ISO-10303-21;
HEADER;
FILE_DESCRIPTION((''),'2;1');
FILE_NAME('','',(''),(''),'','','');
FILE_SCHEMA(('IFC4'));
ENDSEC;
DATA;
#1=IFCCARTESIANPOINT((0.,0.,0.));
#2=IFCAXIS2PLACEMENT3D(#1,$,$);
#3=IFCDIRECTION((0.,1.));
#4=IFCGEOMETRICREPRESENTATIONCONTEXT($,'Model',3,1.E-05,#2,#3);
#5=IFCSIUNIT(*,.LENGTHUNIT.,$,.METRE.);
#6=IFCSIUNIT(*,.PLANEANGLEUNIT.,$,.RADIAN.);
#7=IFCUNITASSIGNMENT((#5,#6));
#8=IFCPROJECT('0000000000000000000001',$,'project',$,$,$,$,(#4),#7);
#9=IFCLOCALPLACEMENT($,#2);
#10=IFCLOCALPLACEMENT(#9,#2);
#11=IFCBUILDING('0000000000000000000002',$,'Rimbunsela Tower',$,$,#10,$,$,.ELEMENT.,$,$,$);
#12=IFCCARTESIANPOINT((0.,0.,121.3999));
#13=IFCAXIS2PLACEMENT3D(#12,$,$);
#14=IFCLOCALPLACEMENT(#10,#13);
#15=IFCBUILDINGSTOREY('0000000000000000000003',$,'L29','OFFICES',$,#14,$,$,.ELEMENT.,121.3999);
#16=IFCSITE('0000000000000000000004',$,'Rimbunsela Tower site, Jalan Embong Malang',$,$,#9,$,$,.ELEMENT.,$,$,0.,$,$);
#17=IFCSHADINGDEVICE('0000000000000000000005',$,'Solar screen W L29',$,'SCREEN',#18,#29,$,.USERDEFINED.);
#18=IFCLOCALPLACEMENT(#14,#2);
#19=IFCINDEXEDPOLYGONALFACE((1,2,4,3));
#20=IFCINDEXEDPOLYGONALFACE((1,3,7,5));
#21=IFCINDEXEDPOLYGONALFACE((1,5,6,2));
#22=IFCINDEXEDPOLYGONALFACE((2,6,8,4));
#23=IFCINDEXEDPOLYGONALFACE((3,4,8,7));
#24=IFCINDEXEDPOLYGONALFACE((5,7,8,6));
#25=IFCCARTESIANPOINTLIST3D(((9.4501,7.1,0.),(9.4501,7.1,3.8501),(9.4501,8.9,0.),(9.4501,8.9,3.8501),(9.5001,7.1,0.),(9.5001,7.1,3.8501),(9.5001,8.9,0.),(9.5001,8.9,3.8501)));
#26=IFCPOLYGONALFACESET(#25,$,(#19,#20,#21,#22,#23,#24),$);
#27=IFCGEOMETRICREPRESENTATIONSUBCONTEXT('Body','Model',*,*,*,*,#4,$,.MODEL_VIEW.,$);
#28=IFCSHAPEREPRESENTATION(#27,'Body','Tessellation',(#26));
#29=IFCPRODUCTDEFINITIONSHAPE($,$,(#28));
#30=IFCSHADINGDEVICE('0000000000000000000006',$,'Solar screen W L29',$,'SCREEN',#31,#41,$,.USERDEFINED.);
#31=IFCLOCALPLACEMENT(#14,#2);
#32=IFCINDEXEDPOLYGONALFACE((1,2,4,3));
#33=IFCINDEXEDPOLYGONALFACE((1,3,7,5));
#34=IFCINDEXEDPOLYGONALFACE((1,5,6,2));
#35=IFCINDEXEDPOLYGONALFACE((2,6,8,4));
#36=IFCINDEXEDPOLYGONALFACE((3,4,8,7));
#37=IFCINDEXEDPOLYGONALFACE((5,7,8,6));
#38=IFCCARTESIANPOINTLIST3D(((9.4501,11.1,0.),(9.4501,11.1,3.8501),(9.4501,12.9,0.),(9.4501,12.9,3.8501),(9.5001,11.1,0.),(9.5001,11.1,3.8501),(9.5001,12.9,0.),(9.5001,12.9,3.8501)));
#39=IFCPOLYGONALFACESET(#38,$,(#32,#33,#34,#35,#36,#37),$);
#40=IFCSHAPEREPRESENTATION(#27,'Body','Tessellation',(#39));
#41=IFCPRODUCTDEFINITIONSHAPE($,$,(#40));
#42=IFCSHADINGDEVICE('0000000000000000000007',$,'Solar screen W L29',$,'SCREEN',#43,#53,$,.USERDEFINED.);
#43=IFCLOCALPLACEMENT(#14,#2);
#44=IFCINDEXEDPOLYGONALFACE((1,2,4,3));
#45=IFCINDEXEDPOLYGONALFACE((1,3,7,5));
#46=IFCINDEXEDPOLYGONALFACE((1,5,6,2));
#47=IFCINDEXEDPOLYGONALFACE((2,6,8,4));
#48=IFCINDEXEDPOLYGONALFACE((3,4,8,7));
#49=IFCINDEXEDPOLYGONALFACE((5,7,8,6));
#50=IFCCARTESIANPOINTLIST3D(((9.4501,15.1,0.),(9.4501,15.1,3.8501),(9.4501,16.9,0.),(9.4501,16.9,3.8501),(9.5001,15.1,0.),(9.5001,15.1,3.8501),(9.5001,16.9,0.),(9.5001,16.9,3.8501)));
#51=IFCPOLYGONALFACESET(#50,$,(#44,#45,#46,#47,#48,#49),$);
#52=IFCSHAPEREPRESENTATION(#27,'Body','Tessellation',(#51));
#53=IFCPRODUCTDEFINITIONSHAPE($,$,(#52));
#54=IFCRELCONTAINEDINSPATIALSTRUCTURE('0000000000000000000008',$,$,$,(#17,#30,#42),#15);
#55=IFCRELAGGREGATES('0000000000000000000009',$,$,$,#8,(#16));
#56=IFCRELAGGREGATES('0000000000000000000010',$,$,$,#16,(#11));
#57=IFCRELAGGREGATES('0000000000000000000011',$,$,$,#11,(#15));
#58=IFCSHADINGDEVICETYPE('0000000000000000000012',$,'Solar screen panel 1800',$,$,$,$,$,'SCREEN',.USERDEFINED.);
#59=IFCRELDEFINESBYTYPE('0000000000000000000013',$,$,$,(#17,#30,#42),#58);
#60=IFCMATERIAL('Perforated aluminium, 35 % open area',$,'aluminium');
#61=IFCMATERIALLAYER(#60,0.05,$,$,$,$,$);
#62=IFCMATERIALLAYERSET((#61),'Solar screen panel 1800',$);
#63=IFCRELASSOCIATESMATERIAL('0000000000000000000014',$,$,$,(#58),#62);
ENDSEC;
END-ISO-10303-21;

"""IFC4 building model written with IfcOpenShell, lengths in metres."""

from ifc_helpers import new_model, si_unit, direction, frame, origin, origin_2d, place, context, subcontext, project, spatial, rectangle, extrude, material, layer, layer_set, type_object, element, save


model = new_model("IFC4")

# Units and contexts
model_context = context("Model", 3, precision=1e-05, world=origin(), true_north=direction((0.0, 1.0)))
body_context = subcontext(model_context, "Body", "Model", "MODEL_VIEW")
ifc_project = project(units=[si_unit("LENGTHUNIT", "METRE"), si_unit("PLANEANGLEUNIT", "RADIAN")], contexts=[model_context])

# Site, building, storey
site_placement = place(None, origin())
site = spatial("IfcSite", under=ifc_project, at=site_placement, Name="Rimbunsela Tower site, Jalan Embong Malang", CompositionType="ELEMENT", RefElevation=0.0)
building_placement = place(site_placement, origin())
building = spatial("IfcBuilding", under=site, at=building_placement, Name="Rimbunsela Tower", CompositionType="ELEMENT")
storey_placement = place(building_placement, frame((0.0, 0.0, 121.3999)))
storey = spatial("IfcBuildingStorey", under=building, at=storey_placement, Name="L29", Description="OFFICES", CompositionType="ELEMENT", Elevation=121.3999)

# Shading devices
ifc_material_1 = material(Name="Perforated aluminium, 35 % open area", Category="aluminium")
ifc_layer_1 = layer(ifc_material_1, 0.05)
ifc_layer_set_1 = layer_set([ifc_layer_1], Name="Solar screen panel 1800")
shading_device_type = type_object("IfcShadingDeviceType", Name="Solar screen panel 1800", ElementType="SCREEN", PredefinedType="USERDEFINED", material=ifc_layer_set_1)
for number, where, z_axis, x_axis, name in (
    (1, (9.4751, 8.0, 0.0), (0.0, 0.0, 1.0), (0.0, 1.0, 0.0), "Solar screen W L29"),
    (2, (9.4751, 12.0, 0.0), (0.0, 0.0, 1.0), (0.0, 1.0, 0.0), "Solar screen W L29"),
    (3, (9.4751, 16.0, 0.0), (0.0, 0.0, 1.0), (0.0, 1.0, 0.0), "Solar screen W L29"),
):
    element("IfcShadingDevice", number, at=place(storey_placement, frame(where, z_axis=z_axis, x_axis=x_axis)), inside=storey, type_object=shading_device_type, Name=name, ObjectType="SCREEN", PredefinedType="USERDEFINED", context=body_context, shape_type="SweptSolid", body=[
        extrude(rectangle(XDim=1.8, YDim=0.05, at=origin_2d()), origin(), (0.0, 0.0, 1.0), 3.8501),
    ])

save(model, "model.ifc")
